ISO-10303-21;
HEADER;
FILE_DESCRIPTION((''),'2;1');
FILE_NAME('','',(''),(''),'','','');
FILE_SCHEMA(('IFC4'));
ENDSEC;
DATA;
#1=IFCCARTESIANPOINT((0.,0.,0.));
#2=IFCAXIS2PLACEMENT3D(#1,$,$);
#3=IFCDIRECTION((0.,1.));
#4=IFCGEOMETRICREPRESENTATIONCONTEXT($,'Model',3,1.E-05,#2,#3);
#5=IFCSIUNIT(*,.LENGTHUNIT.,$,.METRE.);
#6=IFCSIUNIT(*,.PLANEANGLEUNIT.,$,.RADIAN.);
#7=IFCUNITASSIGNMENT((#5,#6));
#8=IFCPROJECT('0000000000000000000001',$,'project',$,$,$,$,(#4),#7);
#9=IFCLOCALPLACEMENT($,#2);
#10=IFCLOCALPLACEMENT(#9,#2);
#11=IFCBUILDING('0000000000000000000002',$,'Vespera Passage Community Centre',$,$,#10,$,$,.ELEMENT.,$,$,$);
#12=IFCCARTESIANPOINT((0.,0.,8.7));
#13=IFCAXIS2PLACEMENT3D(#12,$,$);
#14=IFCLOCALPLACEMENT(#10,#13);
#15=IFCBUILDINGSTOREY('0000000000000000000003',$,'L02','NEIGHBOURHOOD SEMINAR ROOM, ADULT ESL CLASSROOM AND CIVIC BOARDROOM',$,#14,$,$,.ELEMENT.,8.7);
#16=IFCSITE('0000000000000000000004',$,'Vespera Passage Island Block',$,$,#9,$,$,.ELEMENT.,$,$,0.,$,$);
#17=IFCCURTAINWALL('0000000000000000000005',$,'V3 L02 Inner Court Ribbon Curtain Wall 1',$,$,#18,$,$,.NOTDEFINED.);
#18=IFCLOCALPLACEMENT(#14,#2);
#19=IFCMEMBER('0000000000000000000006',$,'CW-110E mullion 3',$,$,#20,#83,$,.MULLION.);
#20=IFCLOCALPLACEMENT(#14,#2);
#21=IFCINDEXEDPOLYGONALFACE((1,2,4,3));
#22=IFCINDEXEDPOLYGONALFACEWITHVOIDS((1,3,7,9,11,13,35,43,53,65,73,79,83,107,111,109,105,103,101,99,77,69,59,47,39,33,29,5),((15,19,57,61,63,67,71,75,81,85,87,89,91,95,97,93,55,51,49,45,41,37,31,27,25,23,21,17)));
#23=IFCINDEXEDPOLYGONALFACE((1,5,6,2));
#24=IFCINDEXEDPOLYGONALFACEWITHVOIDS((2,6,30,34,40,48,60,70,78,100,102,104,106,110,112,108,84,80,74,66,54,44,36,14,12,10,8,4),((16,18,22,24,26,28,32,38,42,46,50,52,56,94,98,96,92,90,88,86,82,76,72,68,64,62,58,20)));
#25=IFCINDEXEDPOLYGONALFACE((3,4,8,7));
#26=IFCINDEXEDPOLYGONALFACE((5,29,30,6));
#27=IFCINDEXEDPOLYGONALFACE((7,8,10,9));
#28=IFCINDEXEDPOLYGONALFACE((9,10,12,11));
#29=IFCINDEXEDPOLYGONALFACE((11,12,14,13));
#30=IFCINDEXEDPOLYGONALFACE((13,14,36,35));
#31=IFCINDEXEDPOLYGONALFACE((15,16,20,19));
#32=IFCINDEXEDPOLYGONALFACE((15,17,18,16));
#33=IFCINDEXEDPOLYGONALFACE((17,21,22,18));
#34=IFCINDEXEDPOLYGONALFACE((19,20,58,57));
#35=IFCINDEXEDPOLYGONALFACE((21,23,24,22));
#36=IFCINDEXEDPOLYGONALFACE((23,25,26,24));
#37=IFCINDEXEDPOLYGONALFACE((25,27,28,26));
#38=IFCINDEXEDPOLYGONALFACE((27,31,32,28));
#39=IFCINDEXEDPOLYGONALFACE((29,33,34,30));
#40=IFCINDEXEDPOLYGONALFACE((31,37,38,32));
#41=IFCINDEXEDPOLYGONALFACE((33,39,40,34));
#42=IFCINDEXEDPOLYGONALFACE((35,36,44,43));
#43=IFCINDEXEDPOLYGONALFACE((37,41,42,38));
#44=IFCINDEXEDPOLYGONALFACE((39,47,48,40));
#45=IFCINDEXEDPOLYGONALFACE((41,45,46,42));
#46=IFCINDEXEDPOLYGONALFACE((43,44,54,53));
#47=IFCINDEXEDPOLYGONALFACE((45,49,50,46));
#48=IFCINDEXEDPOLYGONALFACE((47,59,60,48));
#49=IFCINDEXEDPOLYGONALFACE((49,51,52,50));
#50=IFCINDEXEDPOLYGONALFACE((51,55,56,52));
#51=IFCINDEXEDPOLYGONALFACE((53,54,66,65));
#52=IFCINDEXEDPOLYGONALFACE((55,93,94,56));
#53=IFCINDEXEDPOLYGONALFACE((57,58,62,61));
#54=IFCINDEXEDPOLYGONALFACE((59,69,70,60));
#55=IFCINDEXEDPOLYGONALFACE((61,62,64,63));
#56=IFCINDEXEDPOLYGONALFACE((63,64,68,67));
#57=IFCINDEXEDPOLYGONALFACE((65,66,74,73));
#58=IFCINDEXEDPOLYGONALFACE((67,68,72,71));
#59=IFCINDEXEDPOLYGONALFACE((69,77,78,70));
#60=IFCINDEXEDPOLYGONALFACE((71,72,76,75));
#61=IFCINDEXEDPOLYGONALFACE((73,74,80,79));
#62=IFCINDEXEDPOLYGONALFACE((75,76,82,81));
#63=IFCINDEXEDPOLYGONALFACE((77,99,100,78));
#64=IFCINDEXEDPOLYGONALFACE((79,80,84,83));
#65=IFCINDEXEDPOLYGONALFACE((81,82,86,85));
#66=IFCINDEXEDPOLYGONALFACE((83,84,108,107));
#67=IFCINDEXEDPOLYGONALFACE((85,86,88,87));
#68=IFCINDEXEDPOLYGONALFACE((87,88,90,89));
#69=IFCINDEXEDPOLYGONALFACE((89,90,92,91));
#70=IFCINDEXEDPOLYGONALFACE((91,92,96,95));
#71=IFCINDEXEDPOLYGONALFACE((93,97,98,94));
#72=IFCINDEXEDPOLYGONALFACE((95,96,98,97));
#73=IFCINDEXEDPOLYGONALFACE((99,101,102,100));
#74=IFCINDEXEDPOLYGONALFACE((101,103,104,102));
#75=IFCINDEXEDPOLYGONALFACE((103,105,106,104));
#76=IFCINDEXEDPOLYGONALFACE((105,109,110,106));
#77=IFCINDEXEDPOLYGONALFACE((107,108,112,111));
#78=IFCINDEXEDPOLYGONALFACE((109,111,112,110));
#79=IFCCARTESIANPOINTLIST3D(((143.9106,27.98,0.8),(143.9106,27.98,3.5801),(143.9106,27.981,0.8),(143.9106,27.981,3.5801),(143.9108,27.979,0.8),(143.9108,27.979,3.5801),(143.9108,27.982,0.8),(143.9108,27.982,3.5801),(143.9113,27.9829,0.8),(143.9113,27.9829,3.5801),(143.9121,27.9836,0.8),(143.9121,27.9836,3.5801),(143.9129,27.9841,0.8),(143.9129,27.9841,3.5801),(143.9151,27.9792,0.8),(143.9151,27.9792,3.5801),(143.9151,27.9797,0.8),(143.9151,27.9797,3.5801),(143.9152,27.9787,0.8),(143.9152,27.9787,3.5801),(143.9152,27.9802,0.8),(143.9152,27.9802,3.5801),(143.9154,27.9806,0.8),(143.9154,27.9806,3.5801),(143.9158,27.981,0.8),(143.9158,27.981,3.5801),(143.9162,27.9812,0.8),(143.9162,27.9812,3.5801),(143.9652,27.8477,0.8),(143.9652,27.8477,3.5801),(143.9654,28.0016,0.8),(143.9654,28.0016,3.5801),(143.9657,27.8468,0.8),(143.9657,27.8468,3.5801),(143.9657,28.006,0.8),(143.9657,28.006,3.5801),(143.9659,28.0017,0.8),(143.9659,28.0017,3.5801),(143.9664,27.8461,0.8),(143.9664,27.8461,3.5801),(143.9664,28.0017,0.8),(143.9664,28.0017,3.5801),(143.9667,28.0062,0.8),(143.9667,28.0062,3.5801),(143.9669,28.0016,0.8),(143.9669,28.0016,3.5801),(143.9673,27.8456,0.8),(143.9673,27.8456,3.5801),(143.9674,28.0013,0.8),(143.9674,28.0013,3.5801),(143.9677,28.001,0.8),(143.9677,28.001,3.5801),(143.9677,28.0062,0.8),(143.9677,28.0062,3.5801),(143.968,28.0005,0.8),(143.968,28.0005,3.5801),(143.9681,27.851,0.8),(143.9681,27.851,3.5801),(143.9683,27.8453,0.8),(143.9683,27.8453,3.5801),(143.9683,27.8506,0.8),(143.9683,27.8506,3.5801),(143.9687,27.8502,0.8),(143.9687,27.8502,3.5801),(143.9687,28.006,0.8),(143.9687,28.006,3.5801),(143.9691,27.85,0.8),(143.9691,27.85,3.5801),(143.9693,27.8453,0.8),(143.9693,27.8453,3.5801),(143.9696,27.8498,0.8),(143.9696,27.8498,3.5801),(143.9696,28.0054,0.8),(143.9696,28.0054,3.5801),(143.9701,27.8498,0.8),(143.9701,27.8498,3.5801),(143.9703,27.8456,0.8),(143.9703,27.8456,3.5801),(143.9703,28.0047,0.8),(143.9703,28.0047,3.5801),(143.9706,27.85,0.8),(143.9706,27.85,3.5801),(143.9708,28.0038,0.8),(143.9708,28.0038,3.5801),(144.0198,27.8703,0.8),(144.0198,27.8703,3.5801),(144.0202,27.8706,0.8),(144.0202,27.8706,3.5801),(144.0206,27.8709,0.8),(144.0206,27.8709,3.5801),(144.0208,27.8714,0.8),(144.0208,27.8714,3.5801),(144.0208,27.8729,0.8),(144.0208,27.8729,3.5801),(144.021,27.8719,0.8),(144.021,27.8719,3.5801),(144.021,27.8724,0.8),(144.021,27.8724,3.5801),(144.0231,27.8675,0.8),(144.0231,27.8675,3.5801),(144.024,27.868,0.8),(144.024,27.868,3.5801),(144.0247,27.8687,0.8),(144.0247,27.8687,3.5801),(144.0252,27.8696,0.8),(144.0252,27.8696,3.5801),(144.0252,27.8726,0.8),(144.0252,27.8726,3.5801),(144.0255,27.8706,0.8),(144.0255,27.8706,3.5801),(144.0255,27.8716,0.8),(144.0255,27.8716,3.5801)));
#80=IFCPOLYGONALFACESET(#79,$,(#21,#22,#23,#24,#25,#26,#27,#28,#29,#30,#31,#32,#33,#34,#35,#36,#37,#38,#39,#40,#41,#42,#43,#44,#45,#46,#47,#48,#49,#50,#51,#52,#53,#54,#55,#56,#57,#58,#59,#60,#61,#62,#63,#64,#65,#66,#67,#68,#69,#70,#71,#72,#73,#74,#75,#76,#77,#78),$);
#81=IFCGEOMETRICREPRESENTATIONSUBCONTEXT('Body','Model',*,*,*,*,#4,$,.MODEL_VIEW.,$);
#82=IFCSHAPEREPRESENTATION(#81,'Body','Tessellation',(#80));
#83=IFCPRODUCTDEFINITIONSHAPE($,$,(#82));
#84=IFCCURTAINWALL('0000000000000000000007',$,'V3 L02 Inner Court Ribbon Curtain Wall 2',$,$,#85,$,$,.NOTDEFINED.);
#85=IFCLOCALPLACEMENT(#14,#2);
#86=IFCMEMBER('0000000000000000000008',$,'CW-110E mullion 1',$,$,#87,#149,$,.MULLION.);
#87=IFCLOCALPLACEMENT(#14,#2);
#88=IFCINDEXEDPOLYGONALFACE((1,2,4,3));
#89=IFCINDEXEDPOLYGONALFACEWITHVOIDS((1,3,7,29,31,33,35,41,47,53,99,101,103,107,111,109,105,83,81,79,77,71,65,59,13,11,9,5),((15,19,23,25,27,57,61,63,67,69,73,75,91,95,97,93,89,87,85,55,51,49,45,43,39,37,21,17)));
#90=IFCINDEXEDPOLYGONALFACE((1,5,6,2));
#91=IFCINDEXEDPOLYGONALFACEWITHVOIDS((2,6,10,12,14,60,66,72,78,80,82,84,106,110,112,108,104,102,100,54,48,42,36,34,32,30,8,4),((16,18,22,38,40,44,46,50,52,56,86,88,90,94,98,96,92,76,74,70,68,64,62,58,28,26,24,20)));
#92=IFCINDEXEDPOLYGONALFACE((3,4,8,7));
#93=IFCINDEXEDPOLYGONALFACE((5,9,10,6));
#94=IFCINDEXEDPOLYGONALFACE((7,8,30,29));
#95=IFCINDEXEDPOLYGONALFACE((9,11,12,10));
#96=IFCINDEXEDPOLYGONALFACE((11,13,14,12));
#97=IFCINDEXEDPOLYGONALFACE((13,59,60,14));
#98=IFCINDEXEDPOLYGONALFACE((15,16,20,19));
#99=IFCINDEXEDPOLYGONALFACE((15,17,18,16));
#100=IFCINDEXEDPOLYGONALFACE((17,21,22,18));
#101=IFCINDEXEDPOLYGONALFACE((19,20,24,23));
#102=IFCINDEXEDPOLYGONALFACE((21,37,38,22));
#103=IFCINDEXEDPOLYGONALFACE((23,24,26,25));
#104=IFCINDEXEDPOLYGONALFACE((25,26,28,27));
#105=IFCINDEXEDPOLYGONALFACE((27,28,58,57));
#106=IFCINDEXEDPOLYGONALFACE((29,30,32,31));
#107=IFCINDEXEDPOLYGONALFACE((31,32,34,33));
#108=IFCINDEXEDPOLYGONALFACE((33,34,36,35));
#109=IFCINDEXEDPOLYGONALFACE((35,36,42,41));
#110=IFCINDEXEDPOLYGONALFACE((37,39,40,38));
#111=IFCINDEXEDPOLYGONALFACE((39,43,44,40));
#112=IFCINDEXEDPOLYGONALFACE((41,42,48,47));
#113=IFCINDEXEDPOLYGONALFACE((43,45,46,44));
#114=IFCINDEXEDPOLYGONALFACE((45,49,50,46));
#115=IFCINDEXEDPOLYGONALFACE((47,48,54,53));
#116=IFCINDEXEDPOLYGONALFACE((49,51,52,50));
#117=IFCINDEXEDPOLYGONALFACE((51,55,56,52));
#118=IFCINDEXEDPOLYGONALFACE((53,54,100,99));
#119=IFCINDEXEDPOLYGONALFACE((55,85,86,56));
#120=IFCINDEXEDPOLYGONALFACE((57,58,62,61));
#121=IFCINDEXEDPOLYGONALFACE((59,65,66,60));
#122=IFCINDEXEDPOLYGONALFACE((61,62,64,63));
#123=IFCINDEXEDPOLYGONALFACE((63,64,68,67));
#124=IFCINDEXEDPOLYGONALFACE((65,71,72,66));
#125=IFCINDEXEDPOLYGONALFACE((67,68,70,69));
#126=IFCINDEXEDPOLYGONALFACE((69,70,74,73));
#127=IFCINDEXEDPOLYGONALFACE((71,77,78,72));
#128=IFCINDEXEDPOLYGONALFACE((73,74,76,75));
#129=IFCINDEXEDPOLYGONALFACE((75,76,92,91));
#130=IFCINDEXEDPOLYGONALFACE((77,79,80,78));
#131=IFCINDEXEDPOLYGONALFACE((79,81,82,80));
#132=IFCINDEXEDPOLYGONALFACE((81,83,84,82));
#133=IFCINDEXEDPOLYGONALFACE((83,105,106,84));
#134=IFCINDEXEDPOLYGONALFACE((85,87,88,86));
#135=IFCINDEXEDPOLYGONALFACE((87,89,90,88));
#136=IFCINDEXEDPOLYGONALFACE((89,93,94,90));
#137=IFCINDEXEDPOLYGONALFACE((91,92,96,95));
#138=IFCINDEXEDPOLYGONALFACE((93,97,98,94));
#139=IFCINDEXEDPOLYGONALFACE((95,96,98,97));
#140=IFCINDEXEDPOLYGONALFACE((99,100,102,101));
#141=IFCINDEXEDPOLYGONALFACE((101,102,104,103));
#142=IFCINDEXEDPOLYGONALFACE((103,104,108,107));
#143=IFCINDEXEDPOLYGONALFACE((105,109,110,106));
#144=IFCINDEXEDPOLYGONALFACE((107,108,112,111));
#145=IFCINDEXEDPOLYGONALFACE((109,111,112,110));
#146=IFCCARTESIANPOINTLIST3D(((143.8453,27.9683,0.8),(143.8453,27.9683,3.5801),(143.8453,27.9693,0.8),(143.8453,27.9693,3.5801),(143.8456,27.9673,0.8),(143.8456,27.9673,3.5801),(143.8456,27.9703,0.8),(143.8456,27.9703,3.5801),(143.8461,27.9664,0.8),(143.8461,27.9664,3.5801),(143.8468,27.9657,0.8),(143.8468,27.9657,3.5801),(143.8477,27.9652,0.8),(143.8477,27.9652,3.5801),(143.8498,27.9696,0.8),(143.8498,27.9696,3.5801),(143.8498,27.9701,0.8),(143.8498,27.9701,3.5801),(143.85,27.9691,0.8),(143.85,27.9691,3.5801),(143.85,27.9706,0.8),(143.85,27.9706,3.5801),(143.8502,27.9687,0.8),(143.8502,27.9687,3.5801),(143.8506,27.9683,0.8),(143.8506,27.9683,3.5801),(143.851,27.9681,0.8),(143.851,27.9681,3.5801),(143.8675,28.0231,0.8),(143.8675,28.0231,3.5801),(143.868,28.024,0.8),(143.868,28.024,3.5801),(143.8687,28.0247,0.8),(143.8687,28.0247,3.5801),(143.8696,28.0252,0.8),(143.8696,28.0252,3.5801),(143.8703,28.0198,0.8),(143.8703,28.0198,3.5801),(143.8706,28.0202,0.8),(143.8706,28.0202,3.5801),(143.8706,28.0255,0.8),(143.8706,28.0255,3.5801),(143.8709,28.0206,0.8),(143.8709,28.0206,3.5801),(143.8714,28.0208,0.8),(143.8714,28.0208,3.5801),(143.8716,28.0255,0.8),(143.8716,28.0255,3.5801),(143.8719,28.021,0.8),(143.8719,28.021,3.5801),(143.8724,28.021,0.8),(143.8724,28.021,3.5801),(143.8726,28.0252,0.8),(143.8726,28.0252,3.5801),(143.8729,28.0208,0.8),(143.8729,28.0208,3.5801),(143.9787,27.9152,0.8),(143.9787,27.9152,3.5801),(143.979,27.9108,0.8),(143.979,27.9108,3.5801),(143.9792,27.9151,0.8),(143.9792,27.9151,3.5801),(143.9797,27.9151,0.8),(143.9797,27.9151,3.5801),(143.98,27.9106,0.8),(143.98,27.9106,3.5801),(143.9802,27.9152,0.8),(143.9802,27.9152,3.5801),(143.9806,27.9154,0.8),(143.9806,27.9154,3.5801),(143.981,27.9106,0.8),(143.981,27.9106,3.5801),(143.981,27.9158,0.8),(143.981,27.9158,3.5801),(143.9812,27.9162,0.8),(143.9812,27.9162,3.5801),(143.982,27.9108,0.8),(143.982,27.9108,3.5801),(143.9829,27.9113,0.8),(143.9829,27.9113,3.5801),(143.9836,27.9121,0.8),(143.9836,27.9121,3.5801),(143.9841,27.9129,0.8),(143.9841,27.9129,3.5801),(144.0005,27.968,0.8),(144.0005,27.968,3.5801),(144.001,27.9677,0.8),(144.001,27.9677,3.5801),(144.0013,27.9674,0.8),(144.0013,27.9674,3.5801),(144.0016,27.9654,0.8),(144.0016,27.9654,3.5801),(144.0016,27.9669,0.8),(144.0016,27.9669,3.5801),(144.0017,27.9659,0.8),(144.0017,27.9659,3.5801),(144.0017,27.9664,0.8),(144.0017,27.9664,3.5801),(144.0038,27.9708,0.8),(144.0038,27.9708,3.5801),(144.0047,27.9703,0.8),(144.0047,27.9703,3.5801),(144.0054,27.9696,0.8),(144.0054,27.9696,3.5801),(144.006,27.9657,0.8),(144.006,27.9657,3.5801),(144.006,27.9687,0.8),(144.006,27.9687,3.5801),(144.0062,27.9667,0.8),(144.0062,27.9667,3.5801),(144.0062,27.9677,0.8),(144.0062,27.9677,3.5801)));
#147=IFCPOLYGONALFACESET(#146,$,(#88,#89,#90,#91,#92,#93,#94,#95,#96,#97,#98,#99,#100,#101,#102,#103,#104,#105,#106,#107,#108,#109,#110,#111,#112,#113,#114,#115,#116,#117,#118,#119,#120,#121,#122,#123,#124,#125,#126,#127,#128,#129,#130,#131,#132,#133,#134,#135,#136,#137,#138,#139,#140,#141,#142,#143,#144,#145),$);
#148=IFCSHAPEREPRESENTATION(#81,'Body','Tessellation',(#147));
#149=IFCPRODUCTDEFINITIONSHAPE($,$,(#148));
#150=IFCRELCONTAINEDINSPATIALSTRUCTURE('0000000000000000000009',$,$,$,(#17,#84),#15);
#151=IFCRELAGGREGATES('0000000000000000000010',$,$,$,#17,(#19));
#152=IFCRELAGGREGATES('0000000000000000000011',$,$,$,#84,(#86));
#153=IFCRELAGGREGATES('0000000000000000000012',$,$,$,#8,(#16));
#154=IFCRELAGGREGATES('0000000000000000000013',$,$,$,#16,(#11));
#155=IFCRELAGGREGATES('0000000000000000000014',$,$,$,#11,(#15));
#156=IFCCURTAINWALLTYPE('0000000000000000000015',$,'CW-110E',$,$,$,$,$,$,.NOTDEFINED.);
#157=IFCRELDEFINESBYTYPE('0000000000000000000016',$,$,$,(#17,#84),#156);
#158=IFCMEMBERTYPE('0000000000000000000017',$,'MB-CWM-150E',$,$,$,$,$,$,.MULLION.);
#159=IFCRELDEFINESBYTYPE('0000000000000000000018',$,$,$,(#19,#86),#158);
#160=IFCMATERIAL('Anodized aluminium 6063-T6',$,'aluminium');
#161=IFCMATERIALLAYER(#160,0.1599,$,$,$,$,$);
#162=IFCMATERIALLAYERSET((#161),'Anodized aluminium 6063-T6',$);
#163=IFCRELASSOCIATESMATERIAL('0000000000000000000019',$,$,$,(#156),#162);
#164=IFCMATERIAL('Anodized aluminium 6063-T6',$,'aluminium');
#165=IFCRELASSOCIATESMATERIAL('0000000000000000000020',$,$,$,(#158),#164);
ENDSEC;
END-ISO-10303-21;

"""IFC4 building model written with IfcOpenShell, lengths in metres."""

from ifc_helpers import new_model, si_unit, direction, frame, origin, origin_2d, place, context, subcontext, project, spatial, hollow_rectangle, extrude, material, layer, layer_set, material_profile, profile_set, type_object, element, aggregate, save


model = new_model("IFC4")

# Units and contexts
model_context = context("Model", 3, precision=1e-05, world=origin(), true_north=direction((0.0, 1.0)))
body_context = subcontext(model_context, "Body", "Model", "MODEL_VIEW")
ifc_project = project(units=[si_unit("LENGTHUNIT", "METRE"), si_unit("PLANEANGLEUNIT", "RADIAN")], contexts=[model_context])

# Site, building, storey
site_placement = place(None, origin())
site = spatial("IfcSite", under=ifc_project, at=site_placement, Name="Vespera Passage Island Block", CompositionType="ELEMENT", RefElevation=0.0)
building_placement = place(site_placement, origin())
building = spatial("IfcBuilding", under=site, at=building_placement, Name="Vespera Passage Community Centre", CompositionType="ELEMENT")
storey_placement = place(building_placement, frame((0.0, 0.0, 8.7)))
storey = spatial("IfcBuildingStorey", under=building, at=storey_placement, Name="L02", Description="NEIGHBOURHOOD SEMINAR ROOM, ADULT ESL CLASSROOM AND CIVIC BOARDROOM", CompositionType="ELEMENT", Elevation=8.7)

# Curtain walls, members
ifc_material_1 = material(Name="Anodized aluminium 6063-T6", Category="aluminium")
ifc_layer_1 = layer(ifc_material_1, 0.1599)
ifc_layer_set_1 = layer_set([ifc_layer_1], Name="Anodized aluminium 6063-T6")
curtain_wall_type = type_object("IfcCurtainWallType", Name="CW-110E", PredefinedType="NOTDEFINED", material=ifc_layer_set_1)
curtain_wall_1_placement = place(storey_placement, origin())
curtain_wall_1 = element("IfcCurtainWall", 1, at=curtain_wall_1_placement, inside=storey, type_object=curtain_wall_type, Name="V3 L02 Inner Court Ribbon Curtain Wall 1", PredefinedType="NOTDEFINED")
ifc_material_2 = material(Name="Anodized aluminium 6063-T6", Category="aluminium")
ifc_material_profile_1 = material_profile(ifc_material_2, hollow_rectangle(XDim=0.0649, YDim=0.1499, WallThickness=0.0039, InnerFilletRadius=0.002, OuterFilletRadius=0.0039, at=origin_2d()), Name="ALU150X65X4")
ifc_profile_set_1 = profile_set([ifc_material_profile_1], Name="Anodized aluminium 6063-T6")
member_type_1 = type_object("IfcMemberType", Name="MB-CWM-150E", PredefinedType="MULLION", material=ifc_profile_set_1)
member_1_placement = place(storey_placement, frame((143.968, 27.9258, 0.8), z_axis=(0.0, 0.0, 1.0), x_axis=(-0.923879, -0.382686, 0.0)))
member_1 = element("IfcMember", 2, at=member_1_placement, type_object=member_type_1, Name="CW-110E mullion 3", PredefinedType="MULLION", context=body_context, shape_type="SweptSolid", body=[
    extrude(hollow_rectangle(XDim=0.0649, YDim=0.1499, WallThickness=0.0039, InnerFilletRadius=0.002, OuterFilletRadius=0.0039, at=origin_2d()), origin(), (0.0, 0.0, 1.0), 2.78),
])
curtain_wall_2_placement = place(storey_placement, origin())
curtain_wall_2 = element("IfcCurtainWall", 3, at=curtain_wall_2_placement, inside=storey, type_object=curtain_wall_type, Name="V3 L02 Inner Court Ribbon Curtain Wall 2", PredefinedType="NOTDEFINED")
member_2_placement = place(storey_placement, frame((143.9258, 27.968, 0.8), z_axis=(0.0, 0.0, 1.0), x_axis=(-0.382686, -0.923879, 0.0)))
member_2 = element("IfcMember", 4, at=member_2_placement, type_object=member_type_1, Name="CW-110E mullion 1", PredefinedType="MULLION", context=body_context, shape_type="SweptSolid", body=[
    extrude(hollow_rectangle(XDim=0.0649, YDim=0.1499, WallThickness=0.0039, InnerFilletRadius=0.002, OuterFilletRadius=0.0039, at=origin_2d()), origin(), (0.0, 0.0, 1.0), 2.78),
])

aggregate(curtain_wall_1, [member_1])
aggregate(curtain_wall_2, [member_2])

save(model, "model.ifc")
